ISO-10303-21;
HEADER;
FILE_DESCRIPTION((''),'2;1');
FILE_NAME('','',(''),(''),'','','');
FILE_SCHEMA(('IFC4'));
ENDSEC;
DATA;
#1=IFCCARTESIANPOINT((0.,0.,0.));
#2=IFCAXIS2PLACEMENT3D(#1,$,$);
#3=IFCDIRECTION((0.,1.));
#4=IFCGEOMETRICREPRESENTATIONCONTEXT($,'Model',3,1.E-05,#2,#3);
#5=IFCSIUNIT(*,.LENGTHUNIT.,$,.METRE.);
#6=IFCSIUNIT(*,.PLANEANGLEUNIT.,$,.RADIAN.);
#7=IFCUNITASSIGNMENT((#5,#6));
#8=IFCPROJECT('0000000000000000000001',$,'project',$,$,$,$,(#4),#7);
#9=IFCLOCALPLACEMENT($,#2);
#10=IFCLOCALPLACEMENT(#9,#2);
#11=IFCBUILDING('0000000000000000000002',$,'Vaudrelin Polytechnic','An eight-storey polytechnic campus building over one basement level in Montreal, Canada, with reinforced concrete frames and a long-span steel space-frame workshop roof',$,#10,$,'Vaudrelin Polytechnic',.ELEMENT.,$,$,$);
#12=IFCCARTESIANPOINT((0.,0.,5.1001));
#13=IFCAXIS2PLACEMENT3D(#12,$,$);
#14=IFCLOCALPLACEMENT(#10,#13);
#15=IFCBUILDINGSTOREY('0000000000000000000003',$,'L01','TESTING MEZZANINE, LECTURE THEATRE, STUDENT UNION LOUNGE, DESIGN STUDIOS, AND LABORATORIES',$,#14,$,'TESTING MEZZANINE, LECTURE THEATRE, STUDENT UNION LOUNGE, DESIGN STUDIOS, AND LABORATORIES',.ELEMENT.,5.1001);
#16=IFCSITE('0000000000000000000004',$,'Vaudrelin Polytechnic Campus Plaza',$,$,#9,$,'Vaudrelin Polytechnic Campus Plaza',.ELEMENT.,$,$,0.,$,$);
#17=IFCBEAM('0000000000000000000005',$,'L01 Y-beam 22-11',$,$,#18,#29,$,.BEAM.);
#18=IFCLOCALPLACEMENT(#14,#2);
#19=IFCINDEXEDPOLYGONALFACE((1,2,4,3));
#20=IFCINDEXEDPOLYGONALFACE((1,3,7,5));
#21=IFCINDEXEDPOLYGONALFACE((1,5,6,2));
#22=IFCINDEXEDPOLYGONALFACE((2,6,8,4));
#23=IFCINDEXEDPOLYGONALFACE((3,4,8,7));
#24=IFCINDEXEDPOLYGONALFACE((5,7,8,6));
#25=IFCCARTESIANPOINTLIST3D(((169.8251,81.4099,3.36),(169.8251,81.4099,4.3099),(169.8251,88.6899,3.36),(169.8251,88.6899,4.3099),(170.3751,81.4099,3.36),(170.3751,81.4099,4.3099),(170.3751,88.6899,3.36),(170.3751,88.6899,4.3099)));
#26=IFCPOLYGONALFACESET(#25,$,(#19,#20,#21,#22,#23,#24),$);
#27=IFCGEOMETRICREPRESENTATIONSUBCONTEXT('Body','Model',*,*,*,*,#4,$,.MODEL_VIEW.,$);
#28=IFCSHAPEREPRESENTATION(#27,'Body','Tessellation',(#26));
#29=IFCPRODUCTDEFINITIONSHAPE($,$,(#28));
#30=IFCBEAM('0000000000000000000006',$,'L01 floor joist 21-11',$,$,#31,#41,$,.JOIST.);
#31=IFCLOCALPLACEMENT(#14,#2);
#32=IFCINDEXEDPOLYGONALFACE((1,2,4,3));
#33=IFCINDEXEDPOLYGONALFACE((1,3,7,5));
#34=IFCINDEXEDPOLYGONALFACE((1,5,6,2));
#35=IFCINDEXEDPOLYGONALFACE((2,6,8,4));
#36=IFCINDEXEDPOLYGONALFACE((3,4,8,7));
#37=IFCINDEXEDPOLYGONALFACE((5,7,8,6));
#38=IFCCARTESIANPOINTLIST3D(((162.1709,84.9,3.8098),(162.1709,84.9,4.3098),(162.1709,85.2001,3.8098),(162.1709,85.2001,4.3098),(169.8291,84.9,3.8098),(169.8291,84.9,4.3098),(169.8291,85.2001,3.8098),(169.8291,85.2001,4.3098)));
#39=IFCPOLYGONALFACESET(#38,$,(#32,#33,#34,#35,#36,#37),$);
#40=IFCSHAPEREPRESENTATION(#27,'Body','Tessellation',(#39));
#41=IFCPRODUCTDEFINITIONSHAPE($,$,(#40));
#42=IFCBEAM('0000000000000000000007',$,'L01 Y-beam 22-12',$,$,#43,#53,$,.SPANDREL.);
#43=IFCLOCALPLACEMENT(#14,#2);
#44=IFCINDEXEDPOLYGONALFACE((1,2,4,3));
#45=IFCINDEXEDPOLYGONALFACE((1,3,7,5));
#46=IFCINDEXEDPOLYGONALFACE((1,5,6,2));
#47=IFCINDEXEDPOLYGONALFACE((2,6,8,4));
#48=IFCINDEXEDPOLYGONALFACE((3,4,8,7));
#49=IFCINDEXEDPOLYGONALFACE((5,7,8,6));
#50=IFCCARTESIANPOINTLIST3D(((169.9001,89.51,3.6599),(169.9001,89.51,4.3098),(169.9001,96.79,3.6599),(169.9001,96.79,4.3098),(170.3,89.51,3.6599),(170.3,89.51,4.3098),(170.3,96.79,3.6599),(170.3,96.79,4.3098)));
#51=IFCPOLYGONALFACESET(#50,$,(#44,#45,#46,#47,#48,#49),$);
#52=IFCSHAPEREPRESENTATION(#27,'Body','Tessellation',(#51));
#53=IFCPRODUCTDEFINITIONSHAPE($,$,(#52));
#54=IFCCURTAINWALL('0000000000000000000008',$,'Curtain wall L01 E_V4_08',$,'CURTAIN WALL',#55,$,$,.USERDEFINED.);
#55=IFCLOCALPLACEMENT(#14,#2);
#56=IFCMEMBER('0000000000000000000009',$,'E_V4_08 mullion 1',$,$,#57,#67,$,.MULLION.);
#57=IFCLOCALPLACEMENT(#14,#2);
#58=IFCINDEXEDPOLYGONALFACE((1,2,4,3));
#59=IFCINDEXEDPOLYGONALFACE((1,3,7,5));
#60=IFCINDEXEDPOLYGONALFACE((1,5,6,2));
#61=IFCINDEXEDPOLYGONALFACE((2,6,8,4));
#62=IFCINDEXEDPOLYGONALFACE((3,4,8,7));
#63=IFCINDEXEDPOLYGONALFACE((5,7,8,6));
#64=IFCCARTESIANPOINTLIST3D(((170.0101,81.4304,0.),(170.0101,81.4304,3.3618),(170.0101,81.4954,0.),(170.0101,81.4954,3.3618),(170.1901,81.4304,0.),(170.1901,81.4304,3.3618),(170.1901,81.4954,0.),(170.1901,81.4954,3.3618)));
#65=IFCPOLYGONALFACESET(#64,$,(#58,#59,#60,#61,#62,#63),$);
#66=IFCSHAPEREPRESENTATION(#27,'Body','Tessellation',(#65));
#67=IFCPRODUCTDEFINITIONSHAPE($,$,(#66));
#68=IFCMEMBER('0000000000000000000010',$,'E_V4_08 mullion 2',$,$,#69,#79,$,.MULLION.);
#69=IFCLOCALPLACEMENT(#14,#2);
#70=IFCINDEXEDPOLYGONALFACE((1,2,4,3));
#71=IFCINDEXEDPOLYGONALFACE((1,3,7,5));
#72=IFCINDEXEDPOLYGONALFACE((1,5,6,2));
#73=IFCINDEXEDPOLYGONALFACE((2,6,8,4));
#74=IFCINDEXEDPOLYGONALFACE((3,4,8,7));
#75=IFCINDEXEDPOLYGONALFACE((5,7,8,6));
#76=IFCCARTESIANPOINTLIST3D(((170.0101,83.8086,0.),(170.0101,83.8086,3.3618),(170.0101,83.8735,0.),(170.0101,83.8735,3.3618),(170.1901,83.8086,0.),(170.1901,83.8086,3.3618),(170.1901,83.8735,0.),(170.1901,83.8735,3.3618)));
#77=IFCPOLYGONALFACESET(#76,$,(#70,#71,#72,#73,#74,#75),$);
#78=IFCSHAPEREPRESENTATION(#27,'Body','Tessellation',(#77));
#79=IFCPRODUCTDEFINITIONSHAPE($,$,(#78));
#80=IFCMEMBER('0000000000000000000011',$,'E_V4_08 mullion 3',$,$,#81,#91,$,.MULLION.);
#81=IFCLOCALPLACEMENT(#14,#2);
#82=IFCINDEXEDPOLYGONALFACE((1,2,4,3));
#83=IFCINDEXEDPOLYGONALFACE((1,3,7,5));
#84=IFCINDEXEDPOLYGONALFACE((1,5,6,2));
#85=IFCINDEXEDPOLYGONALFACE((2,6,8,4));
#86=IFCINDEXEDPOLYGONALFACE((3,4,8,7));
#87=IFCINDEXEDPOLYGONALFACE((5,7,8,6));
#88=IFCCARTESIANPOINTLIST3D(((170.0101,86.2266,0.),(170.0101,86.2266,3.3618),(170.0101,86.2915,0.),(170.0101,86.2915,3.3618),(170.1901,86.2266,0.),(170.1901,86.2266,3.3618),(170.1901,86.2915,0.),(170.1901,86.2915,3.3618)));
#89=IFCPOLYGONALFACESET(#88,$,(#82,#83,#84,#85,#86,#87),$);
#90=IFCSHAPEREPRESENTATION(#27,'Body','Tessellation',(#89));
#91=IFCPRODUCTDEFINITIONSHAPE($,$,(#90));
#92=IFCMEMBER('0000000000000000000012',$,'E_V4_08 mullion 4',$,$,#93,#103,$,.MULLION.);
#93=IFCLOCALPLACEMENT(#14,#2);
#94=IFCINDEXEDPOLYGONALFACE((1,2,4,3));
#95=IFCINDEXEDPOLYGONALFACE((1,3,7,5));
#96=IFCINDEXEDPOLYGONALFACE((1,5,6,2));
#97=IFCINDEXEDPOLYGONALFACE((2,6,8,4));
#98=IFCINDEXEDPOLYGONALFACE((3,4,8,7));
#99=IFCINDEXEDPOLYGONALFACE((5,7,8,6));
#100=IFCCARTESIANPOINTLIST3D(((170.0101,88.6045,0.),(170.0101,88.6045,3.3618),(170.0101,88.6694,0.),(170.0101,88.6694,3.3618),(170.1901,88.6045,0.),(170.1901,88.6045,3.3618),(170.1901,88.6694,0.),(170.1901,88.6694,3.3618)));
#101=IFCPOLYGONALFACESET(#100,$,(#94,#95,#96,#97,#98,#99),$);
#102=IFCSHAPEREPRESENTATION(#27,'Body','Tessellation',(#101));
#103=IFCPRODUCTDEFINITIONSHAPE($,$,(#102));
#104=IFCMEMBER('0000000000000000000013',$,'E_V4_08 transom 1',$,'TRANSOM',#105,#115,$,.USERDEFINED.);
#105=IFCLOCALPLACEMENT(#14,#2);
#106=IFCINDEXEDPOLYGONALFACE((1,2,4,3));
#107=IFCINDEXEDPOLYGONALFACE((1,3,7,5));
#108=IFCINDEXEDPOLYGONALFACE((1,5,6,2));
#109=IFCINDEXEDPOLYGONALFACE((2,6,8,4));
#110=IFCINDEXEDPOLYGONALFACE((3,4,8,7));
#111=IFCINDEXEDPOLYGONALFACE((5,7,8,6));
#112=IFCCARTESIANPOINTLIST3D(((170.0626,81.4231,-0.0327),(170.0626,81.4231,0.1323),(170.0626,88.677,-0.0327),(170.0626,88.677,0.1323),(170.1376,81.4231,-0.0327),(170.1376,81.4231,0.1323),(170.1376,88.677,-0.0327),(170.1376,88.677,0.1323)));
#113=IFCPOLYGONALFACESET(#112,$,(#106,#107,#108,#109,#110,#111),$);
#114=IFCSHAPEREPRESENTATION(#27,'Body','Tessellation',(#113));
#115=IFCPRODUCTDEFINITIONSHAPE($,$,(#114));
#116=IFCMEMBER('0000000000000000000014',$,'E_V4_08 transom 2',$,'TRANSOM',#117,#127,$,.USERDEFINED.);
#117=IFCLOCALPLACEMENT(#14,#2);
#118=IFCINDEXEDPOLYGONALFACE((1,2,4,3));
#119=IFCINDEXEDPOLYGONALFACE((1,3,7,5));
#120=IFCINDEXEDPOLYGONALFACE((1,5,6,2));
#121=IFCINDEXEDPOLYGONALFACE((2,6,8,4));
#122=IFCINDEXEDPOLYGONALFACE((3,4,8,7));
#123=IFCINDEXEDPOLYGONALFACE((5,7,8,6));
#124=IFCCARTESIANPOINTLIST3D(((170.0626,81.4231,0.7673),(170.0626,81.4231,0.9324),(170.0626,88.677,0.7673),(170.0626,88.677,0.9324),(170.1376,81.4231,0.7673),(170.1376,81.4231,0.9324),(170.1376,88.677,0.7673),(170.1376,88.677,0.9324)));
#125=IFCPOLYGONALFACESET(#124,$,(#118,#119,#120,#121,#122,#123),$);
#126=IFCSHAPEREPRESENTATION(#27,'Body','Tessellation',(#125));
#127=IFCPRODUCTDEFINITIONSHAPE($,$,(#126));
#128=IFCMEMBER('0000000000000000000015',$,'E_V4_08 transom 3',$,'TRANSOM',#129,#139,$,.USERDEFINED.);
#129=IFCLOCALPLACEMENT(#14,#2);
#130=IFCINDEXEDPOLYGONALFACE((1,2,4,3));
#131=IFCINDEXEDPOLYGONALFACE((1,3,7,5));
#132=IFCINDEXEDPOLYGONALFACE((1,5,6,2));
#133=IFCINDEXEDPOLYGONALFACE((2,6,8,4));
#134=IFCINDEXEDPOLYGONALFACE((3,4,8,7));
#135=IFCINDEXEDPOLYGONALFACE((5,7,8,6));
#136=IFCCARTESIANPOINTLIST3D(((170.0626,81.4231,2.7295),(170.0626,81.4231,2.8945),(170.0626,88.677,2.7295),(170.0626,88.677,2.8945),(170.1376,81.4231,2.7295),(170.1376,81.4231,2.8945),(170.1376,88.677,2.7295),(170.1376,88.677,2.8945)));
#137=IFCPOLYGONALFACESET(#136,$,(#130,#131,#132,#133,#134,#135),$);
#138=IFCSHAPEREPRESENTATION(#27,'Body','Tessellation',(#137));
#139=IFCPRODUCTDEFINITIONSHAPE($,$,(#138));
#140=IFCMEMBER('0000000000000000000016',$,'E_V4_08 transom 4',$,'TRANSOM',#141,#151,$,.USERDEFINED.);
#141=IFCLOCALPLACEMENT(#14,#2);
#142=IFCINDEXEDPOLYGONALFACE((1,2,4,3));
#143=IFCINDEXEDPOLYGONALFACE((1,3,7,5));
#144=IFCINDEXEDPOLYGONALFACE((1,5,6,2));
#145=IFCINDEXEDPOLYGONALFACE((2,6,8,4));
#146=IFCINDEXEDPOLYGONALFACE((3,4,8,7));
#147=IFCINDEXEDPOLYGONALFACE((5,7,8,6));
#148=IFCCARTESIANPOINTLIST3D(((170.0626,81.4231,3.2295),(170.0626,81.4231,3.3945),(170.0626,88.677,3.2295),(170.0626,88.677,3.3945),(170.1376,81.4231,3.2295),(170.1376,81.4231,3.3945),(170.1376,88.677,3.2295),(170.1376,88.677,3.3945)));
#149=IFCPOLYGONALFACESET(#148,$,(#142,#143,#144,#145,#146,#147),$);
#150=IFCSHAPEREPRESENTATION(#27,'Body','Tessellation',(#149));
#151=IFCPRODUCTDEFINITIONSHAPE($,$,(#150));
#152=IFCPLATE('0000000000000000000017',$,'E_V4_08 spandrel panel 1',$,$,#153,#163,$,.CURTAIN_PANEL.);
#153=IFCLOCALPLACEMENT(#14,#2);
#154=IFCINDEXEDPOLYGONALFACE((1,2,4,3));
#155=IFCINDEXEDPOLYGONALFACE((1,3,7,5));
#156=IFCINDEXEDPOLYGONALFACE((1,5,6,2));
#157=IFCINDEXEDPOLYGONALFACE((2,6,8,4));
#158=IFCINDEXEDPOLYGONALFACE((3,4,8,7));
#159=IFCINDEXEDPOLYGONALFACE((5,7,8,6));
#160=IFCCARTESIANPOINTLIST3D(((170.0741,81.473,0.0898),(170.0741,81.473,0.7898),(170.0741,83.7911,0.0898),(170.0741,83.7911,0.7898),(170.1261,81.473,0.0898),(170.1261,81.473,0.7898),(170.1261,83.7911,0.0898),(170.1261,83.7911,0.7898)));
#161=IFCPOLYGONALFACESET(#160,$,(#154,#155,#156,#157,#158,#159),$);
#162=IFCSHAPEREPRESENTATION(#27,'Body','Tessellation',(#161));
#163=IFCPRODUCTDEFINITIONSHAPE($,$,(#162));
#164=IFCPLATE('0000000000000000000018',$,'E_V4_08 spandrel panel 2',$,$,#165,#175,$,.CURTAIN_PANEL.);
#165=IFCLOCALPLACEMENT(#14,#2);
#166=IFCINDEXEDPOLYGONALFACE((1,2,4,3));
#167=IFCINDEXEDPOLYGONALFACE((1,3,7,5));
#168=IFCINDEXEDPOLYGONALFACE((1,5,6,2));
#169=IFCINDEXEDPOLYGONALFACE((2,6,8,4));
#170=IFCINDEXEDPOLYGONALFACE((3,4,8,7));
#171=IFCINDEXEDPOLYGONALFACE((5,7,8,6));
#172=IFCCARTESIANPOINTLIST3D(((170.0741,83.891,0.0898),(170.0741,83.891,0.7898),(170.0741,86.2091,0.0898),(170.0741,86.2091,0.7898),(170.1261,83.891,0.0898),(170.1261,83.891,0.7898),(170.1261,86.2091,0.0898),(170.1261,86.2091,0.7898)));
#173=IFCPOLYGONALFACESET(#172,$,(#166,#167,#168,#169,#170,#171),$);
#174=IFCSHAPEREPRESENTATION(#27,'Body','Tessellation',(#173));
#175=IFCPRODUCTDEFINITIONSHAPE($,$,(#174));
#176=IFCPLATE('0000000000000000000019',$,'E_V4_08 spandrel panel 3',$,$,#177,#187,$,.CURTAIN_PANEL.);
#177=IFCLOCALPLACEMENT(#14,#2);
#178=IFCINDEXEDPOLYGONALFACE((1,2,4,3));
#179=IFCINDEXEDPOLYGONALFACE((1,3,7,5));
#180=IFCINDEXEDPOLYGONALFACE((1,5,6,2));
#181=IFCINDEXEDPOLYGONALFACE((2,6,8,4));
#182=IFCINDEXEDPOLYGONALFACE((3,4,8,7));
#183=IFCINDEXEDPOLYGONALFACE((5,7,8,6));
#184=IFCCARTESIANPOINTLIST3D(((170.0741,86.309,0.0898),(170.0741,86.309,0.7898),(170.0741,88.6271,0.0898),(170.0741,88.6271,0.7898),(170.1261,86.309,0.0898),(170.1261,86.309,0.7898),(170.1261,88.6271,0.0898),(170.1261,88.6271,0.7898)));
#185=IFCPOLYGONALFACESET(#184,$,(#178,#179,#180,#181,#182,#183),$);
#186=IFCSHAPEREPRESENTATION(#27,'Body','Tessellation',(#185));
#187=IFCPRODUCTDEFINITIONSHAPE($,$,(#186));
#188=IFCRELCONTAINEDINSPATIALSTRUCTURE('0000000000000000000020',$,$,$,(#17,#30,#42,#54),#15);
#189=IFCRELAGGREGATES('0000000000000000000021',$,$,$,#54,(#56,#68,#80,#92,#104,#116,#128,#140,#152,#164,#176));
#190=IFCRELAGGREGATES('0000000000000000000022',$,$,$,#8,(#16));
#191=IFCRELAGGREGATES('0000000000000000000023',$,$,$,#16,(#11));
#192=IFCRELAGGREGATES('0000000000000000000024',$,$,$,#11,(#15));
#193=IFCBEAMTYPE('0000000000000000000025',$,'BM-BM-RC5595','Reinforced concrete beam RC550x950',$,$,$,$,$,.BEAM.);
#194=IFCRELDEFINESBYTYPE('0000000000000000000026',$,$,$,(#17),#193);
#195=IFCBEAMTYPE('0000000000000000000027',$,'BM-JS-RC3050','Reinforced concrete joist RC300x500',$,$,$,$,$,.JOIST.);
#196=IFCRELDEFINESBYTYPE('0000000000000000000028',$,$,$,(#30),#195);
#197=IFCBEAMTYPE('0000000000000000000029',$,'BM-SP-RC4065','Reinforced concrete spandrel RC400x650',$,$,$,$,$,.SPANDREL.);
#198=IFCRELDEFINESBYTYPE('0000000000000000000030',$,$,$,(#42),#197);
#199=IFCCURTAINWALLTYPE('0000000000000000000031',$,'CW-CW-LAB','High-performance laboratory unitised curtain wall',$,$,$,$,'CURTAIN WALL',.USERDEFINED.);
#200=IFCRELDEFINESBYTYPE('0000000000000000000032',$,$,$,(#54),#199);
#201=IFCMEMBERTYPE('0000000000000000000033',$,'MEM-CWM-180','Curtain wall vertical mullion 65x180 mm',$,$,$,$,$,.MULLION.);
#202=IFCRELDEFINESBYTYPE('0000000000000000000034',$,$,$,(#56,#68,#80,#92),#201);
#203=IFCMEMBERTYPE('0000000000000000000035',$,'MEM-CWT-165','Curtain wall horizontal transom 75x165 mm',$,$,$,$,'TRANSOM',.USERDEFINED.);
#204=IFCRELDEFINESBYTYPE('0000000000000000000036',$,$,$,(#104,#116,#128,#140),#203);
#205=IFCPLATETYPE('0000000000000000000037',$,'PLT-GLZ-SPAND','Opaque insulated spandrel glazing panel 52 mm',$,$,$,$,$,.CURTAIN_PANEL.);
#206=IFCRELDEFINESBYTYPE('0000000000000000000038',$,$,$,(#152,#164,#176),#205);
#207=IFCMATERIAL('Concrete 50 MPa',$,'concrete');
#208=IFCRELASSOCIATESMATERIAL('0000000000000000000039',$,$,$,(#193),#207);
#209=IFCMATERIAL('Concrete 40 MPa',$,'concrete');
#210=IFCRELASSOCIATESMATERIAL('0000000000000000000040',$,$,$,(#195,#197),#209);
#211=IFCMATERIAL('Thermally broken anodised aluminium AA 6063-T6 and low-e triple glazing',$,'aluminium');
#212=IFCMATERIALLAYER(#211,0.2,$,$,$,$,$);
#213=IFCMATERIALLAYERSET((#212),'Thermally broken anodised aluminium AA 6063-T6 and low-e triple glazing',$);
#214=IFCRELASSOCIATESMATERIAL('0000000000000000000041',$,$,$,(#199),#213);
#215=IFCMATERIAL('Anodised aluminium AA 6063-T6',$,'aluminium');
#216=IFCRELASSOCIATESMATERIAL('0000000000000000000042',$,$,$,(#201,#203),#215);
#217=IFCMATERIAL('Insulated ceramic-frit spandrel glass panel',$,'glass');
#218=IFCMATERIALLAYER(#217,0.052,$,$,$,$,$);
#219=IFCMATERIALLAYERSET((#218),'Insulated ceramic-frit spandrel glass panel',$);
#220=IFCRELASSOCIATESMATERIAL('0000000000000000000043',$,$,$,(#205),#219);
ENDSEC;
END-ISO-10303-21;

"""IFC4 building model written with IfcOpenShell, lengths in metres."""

from ifc_helpers import new_model, si_unit, direction, frame, origin, origin_2d, place, context, subcontext, project, spatial, rectangle, extrude, material, layer, layer_set, material_profile, profile_set, type_object, element, aggregate, save


model = new_model("IFC4")

# Units and contexts
model_context = context("Model", 3, precision=1e-05, world=origin(), true_north=direction((0.0, 1.0)))
body_context = subcontext(model_context, "Body", "Model", "MODEL_VIEW")
ifc_project = project(units=[si_unit("LENGTHUNIT", "METRE"), si_unit("PLANEANGLEUNIT", "RADIAN")], contexts=[model_context])

# Site, building, storey
site_placement = place(None, origin())
site = spatial("IfcSite", under=ifc_project, at=site_placement, Name="Vaudrelin Polytechnic Campus Plaza", LongName="Vaudrelin Polytechnic Campus Plaza", CompositionType="ELEMENT", RefElevation=0.0)
building_placement = place(site_placement, origin())
building = spatial("IfcBuilding", under=site, at=building_placement, Name="Vaudrelin Polytechnic", Description="An eight-storey polytechnic campus building over one basement level in Montreal, Canada, with reinforced concrete frames and a long-span steel space-frame workshop roof", LongName="Vaudrelin Polytechnic", CompositionType="ELEMENT")
storey_placement = place(building_placement, frame((0.0, 0.0, 5.1001)))
storey = spatial("IfcBuildingStorey", under=building, at=storey_placement, Name="L01", Description="TESTING MEZZANINE, LECTURE THEATRE, STUDENT UNION LOUNGE, DESIGN STUDIOS, AND LABORATORIES", LongName="TESTING MEZZANINE, LECTURE THEATRE, STUDENT UNION LOUNGE, DESIGN STUDIOS, AND LABORATORIES", CompositionType="ELEMENT", Elevation=5.1001)

# Shared definitions
ifc_material_1 = material(Name="Concrete 50 MPa", Category="concrete")

# Beams
ifc_material_2 = material(Name="Concrete 40 MPa", Category="concrete")
ifc_material_profile_1 = material_profile(ifc_material_1, rectangle(XDim=0.55, YDim=0.95, at=origin_2d()), Name="RC550x950")
ifc_profile_set_1 = profile_set([ifc_material_profile_1], Name="Concrete 50 MPa")
beam_type_1 = type_object("IfcBeamType", Name="BM-BM-RC5595", Description="Reinforced concrete beam RC550x950", PredefinedType="BEAM", material=ifc_profile_set_1)
beam_1_placement = place(storey_placement, frame((170.1001, 81.4099, 3.835), z_axis=(0.0, 1.0, 0.0), x_axis=(-1.0, 0.0, 0.0)))
element("IfcBeam", 1, at=beam_1_placement, inside=storey, type_object=beam_type_1, Name="L01 Y-beam 22-11", PredefinedType="BEAM", context=body_context, shape_type="SweptSolid", body=[
    extrude(rectangle(XDim=0.55, YDim=0.95, at=origin_2d()), origin(), (0.0, 0.0, 1.0), 7.28),
])
ifc_material_profile_2 = material_profile(ifc_material_2, rectangle(XDim=0.3, YDim=0.5, at=origin_2d()), Name="RC300x500")
ifc_profile_set_2 = profile_set([ifc_material_profile_2], Name="Concrete 40 MPa")
beam_type_2 = type_object("IfcBeamType", Name="BM-JS-RC3050", Description="Reinforced concrete joist RC300x500", PredefinedType="JOIST", material=ifc_profile_set_2)
beam_2_placement = place(storey_placement, frame((162.1709, 85.05, 4.0598), z_axis=(1.0, 0.0, 0.0), x_axis=(0.0, 1.0, 0.0)))
element("IfcBeam", 2, at=beam_2_placement, inside=storey, type_object=beam_type_2, Name="L01 floor joist 21-11", PredefinedType="JOIST", context=body_context, shape_type="SweptSolid", body=[
    extrude(rectangle(XDim=0.3, YDim=0.5, at=origin_2d()), origin(), (0.0, 0.0, 1.0), 7.6582),
])
ifc_material_profile_3 = material_profile(ifc_material_2, rectangle(XDim=0.3999, YDim=0.6499, at=origin_2d()), Name="RC400x650")
ifc_profile_set_3 = profile_set([ifc_material_profile_3], Name="Concrete 40 MPa")
beam_type_3 = type_object("IfcBeamType", Name="BM-SP-RC4065", Description="Reinforced concrete spandrel RC400x650", PredefinedType="SPANDREL", material=ifc_profile_set_3)
beam_3_placement = place(storey_placement, frame((170.1001, 89.51, 3.9849), z_axis=(0.0, 1.0, 0.0), x_axis=(-1.0, 0.0, 0.0)))
element("IfcBeam", 3, at=beam_3_placement, inside=storey, type_object=beam_type_3, Name="L01 Y-beam 22-12", PredefinedType="SPANDREL", context=body_context, shape_type="SweptSolid", body=[
    extrude(rectangle(XDim=0.3999, YDim=0.6499, at=origin_2d()), origin(), (0.0, 0.0, 1.0), 7.28),
])

# Curtain wall, members, plates
ifc_material_3 = material(Name="Thermally broken anodised aluminium AA 6063-T6 and low-e triple glazing", Category="aluminium")
ifc_layer_1 = layer(ifc_material_3, 0.2)
ifc_layer_set_1 = layer_set([ifc_layer_1], Name="Thermally broken anodised aluminium AA 6063-T6 and low-e triple glazing")
curtain_wall_type = type_object("IfcCurtainWallType", Name="CW-CW-LAB", Description="High-performance laboratory unitised curtain wall", ElementType="CURTAIN WALL", PredefinedType="USERDEFINED", material=ifc_layer_set_1)
curtain_wall_placement = place(storey_placement, origin())
curtain_wall = element("IfcCurtainWall", 4, at=curtain_wall_placement, inside=storey, type_object=curtain_wall_type, Name="Curtain wall L01 E_V4_08", ObjectType="CURTAIN WALL", PredefinedType="USERDEFINED")
ifc_material_4 = material(Name="Anodised aluminium AA 6063-T6", Category="aluminium")
ifc_material_profile_4 = material_profile(ifc_material_4, rectangle(XDim=0.0649, YDim=0.1799, at=origin_2d()), Name="CWM-65x180")
ifc_profile_set_4 = profile_set([ifc_material_profile_4], Name="Anodised aluminium AA 6063-T6")
member_type_1 = type_object("IfcMemberType", Name="MEM-CWM-180", Description="Curtain wall vertical mullion 65x180 mm", PredefinedType="MULLION", material=ifc_profile_set_4)
member_1_placement = place(storey_placement, frame((170.1001, 81.4629, 0.0), z_axis=(0.0, 0.0, 1.0), x_axis=(0.0, 1.0, 0.0)))
member_1 = element("IfcMember", 5, at=member_1_placement, type_object=member_type_1, Name="E_V4_08 mullion 1", PredefinedType="MULLION", context=body_context, shape_type="SweptSolid", body=[
    extrude(rectangle(XDim=0.0649, YDim=0.1799, at=origin_2d()), origin(), (0.0, 0.0, 1.0), 3.3618),
])
member_2_placement = place(storey_placement, frame((170.1001, 83.8411, 0.0), z_axis=(0.0, 0.0, 1.0), x_axis=(0.0, 1.0, 0.0)))
member_2 = element("IfcMember", 6, at=member_2_placement, type_object=member_type_1, Name="E_V4_08 mullion 2", PredefinedType="MULLION", context=body_context, shape_type="SweptSolid", body=[
    extrude(rectangle(XDim=0.0649, YDim=0.1799, at=origin_2d()), origin(), (0.0, 0.0, 1.0), 3.3618),
])
member_3_placement = place(storey_placement, frame((170.1001, 86.259, 0.0), z_axis=(0.0, 0.0, 1.0), x_axis=(0.0, 1.0, 0.0)))
member_3 = element("IfcMember", 7, at=member_3_placement, type_object=member_type_1, Name="E_V4_08 mullion 3", PredefinedType="MULLION", context=body_context, shape_type="SweptSolid", body=[
    extrude(rectangle(XDim=0.0649, YDim=0.1799, at=origin_2d()), origin(), (0.0, 0.0, 1.0), 3.3618),
])
member_4_placement = place(storey_placement, frame((170.1001, 88.637, 0.0), z_axis=(0.0, 0.0, 1.0), x_axis=(0.0, 1.0, 0.0)))
member_4 = element("IfcMember", 8, at=member_4_placement, type_object=member_type_1, Name="E_V4_08 mullion 4", PredefinedType="MULLION", context=body_context, shape_type="SweptSolid", body=[
    extrude(rectangle(XDim=0.0649, YDim=0.1799, at=origin_2d()), origin(), (0.0, 0.0, 1.0), 3.3618),
])
ifc_material_profile_5 = material_profile(ifc_material_4, rectangle(XDim=0.075, YDim=0.165, at=origin_2d()), Name="CWT-75x165")
ifc_profile_set_5 = profile_set([ifc_material_profile_5], Name="Anodised aluminium AA 6063-T6")
member_type_2 = type_object("IfcMemberType", Name="MEM-CWT-165", Description="Curtain wall horizontal transom 75x165 mm", ElementType="TRANSOM", PredefinedType="USERDEFINED", material=ifc_profile_set_5)
member_5_placement = place(storey_placement, frame((170.1001, 81.4231, 0.0498), z_axis=(0.0, 1.0, 0.0), x_axis=(-1.0, 0.0, 0.0)))
member_5 = element("IfcMember", 9, at=member_5_placement, type_object=member_type_2, Name="E_V4_08 transom 1", ObjectType="TRANSOM", PredefinedType="USERDEFINED", context=body_context, shape_type="SweptSolid", body=[
    extrude(rectangle(XDim=0.075, YDim=0.165, at=origin_2d()), origin(), (0.0, 0.0, 1.0), 7.2539),
])
member_6_placement = place(storey_placement, frame((170.1001, 81.4231, 0.8499), z_axis=(0.0, 1.0, 0.0), x_axis=(-1.0, 0.0, 0.0)))
member_6 = element("IfcMember", 10, at=member_6_placement, type_object=member_type_2, Name="E_V4_08 transom 2", ObjectType="TRANSOM", PredefinedType="USERDEFINED", context=body_context, shape_type="SweptSolid", body=[
    extrude(rectangle(XDim=0.075, YDim=0.165, at=origin_2d()), origin(), (0.0, 0.0, 1.0), 7.2539),
])
member_7_placement = place(storey_placement, frame((170.1001, 81.4231, 2.812), z_axis=(0.0, 1.0, 0.0), x_axis=(-1.0, 0.0, 0.0)))
member_7 = element("IfcMember", 11, at=member_7_placement, type_object=member_type_2, Name="E_V4_08 transom 3", ObjectType="TRANSOM", PredefinedType="USERDEFINED", context=body_context, shape_type="SweptSolid", body=[
    extrude(rectangle(XDim=0.075, YDim=0.165, at=origin_2d()), origin(), (0.0, 0.0, 1.0), 7.2539),
])
member_8_placement = place(storey_placement, frame((170.1001, 81.4231, 3.312), z_axis=(0.0, 1.0, 0.0), x_axis=(-1.0, 0.0, 0.0)))
member_8 = element("IfcMember", 12, at=member_8_placement, type_object=member_type_2, Name="E_V4_08 transom 4", ObjectType="TRANSOM", PredefinedType="USERDEFINED", context=body_context, shape_type="SweptSolid", body=[
    extrude(rectangle(XDim=0.075, YDim=0.165, at=origin_2d()), origin(), (0.0, 0.0, 1.0), 7.2539),
])
ifc_material_5 = material(Name="Insulated ceramic-frit spandrel glass panel", Category="glass")
ifc_layer_2 = layer(ifc_material_5, 0.052)
ifc_layer_set_2 = layer_set([ifc_layer_2], Name="Insulated ceramic-frit spandrel glass panel")
plate_type_1 = type_object("IfcPlateType", Name="PLT-GLZ-SPAND", Description="Opaque insulated spandrel glazing panel 52 mm", PredefinedType="CURTAIN_PANEL", material=ifc_layer_set_2)
plate_1_placement = place(storey_placement, frame((170.1001, 82.6321, 0.0898), z_axis=(0.0, 0.0, 1.0), x_axis=(0.0, 1.0, 0.0)))
plate_1 = element("IfcPlate", 13, at=plate_1_placement, type_object=plate_type_1, Name="E_V4_08 spandrel panel 1", PredefinedType="CURTAIN_PANEL", context=body_context, shape_type="SweptSolid", body=[
    extrude(rectangle(XDim=2.3181, YDim=0.052, at=origin_2d()), origin(), (0.0, 0.0, 1.0), 0.7),
])
plate_2_placement = place(storey_placement, frame((170.1001, 85.05, 0.0898), z_axis=(0.0, 0.0, 1.0), x_axis=(0.0, 1.0, 0.0)))
plate_2 = element("IfcPlate", 14, at=plate_2_placement, type_object=plate_type_1, Name="E_V4_08 spandrel panel 2", PredefinedType="CURTAIN_PANEL", context=body_context, shape_type="SweptSolid", body=[
    extrude(rectangle(XDim=2.3181, YDim=0.052, at=origin_2d()), origin(), (0.0, 0.0, 1.0), 0.7),
])
plate_3_placement = place(storey_placement, frame((170.1001, 87.468, 0.0898), z_axis=(0.0, 0.0, 1.0), x_axis=(0.0, 1.0, 0.0)))
plate_3 = element("IfcPlate", 15, at=plate_3_placement, type_object=plate_type_1, Name="E_V4_08 spandrel panel 3", PredefinedType="CURTAIN_PANEL", context=body_context, shape_type="SweptSolid", body=[
    extrude(rectangle(XDim=2.3181, YDim=0.052, at=origin_2d()), origin(), (0.0, 0.0, 1.0), 0.7),
])
aggregate(curtain_wall, [member_1, member_2, member_3, member_4, member_5, member_6, member_7, member_8, plate_1, plate_2, plate_3])

save(model, "model.ifc")
